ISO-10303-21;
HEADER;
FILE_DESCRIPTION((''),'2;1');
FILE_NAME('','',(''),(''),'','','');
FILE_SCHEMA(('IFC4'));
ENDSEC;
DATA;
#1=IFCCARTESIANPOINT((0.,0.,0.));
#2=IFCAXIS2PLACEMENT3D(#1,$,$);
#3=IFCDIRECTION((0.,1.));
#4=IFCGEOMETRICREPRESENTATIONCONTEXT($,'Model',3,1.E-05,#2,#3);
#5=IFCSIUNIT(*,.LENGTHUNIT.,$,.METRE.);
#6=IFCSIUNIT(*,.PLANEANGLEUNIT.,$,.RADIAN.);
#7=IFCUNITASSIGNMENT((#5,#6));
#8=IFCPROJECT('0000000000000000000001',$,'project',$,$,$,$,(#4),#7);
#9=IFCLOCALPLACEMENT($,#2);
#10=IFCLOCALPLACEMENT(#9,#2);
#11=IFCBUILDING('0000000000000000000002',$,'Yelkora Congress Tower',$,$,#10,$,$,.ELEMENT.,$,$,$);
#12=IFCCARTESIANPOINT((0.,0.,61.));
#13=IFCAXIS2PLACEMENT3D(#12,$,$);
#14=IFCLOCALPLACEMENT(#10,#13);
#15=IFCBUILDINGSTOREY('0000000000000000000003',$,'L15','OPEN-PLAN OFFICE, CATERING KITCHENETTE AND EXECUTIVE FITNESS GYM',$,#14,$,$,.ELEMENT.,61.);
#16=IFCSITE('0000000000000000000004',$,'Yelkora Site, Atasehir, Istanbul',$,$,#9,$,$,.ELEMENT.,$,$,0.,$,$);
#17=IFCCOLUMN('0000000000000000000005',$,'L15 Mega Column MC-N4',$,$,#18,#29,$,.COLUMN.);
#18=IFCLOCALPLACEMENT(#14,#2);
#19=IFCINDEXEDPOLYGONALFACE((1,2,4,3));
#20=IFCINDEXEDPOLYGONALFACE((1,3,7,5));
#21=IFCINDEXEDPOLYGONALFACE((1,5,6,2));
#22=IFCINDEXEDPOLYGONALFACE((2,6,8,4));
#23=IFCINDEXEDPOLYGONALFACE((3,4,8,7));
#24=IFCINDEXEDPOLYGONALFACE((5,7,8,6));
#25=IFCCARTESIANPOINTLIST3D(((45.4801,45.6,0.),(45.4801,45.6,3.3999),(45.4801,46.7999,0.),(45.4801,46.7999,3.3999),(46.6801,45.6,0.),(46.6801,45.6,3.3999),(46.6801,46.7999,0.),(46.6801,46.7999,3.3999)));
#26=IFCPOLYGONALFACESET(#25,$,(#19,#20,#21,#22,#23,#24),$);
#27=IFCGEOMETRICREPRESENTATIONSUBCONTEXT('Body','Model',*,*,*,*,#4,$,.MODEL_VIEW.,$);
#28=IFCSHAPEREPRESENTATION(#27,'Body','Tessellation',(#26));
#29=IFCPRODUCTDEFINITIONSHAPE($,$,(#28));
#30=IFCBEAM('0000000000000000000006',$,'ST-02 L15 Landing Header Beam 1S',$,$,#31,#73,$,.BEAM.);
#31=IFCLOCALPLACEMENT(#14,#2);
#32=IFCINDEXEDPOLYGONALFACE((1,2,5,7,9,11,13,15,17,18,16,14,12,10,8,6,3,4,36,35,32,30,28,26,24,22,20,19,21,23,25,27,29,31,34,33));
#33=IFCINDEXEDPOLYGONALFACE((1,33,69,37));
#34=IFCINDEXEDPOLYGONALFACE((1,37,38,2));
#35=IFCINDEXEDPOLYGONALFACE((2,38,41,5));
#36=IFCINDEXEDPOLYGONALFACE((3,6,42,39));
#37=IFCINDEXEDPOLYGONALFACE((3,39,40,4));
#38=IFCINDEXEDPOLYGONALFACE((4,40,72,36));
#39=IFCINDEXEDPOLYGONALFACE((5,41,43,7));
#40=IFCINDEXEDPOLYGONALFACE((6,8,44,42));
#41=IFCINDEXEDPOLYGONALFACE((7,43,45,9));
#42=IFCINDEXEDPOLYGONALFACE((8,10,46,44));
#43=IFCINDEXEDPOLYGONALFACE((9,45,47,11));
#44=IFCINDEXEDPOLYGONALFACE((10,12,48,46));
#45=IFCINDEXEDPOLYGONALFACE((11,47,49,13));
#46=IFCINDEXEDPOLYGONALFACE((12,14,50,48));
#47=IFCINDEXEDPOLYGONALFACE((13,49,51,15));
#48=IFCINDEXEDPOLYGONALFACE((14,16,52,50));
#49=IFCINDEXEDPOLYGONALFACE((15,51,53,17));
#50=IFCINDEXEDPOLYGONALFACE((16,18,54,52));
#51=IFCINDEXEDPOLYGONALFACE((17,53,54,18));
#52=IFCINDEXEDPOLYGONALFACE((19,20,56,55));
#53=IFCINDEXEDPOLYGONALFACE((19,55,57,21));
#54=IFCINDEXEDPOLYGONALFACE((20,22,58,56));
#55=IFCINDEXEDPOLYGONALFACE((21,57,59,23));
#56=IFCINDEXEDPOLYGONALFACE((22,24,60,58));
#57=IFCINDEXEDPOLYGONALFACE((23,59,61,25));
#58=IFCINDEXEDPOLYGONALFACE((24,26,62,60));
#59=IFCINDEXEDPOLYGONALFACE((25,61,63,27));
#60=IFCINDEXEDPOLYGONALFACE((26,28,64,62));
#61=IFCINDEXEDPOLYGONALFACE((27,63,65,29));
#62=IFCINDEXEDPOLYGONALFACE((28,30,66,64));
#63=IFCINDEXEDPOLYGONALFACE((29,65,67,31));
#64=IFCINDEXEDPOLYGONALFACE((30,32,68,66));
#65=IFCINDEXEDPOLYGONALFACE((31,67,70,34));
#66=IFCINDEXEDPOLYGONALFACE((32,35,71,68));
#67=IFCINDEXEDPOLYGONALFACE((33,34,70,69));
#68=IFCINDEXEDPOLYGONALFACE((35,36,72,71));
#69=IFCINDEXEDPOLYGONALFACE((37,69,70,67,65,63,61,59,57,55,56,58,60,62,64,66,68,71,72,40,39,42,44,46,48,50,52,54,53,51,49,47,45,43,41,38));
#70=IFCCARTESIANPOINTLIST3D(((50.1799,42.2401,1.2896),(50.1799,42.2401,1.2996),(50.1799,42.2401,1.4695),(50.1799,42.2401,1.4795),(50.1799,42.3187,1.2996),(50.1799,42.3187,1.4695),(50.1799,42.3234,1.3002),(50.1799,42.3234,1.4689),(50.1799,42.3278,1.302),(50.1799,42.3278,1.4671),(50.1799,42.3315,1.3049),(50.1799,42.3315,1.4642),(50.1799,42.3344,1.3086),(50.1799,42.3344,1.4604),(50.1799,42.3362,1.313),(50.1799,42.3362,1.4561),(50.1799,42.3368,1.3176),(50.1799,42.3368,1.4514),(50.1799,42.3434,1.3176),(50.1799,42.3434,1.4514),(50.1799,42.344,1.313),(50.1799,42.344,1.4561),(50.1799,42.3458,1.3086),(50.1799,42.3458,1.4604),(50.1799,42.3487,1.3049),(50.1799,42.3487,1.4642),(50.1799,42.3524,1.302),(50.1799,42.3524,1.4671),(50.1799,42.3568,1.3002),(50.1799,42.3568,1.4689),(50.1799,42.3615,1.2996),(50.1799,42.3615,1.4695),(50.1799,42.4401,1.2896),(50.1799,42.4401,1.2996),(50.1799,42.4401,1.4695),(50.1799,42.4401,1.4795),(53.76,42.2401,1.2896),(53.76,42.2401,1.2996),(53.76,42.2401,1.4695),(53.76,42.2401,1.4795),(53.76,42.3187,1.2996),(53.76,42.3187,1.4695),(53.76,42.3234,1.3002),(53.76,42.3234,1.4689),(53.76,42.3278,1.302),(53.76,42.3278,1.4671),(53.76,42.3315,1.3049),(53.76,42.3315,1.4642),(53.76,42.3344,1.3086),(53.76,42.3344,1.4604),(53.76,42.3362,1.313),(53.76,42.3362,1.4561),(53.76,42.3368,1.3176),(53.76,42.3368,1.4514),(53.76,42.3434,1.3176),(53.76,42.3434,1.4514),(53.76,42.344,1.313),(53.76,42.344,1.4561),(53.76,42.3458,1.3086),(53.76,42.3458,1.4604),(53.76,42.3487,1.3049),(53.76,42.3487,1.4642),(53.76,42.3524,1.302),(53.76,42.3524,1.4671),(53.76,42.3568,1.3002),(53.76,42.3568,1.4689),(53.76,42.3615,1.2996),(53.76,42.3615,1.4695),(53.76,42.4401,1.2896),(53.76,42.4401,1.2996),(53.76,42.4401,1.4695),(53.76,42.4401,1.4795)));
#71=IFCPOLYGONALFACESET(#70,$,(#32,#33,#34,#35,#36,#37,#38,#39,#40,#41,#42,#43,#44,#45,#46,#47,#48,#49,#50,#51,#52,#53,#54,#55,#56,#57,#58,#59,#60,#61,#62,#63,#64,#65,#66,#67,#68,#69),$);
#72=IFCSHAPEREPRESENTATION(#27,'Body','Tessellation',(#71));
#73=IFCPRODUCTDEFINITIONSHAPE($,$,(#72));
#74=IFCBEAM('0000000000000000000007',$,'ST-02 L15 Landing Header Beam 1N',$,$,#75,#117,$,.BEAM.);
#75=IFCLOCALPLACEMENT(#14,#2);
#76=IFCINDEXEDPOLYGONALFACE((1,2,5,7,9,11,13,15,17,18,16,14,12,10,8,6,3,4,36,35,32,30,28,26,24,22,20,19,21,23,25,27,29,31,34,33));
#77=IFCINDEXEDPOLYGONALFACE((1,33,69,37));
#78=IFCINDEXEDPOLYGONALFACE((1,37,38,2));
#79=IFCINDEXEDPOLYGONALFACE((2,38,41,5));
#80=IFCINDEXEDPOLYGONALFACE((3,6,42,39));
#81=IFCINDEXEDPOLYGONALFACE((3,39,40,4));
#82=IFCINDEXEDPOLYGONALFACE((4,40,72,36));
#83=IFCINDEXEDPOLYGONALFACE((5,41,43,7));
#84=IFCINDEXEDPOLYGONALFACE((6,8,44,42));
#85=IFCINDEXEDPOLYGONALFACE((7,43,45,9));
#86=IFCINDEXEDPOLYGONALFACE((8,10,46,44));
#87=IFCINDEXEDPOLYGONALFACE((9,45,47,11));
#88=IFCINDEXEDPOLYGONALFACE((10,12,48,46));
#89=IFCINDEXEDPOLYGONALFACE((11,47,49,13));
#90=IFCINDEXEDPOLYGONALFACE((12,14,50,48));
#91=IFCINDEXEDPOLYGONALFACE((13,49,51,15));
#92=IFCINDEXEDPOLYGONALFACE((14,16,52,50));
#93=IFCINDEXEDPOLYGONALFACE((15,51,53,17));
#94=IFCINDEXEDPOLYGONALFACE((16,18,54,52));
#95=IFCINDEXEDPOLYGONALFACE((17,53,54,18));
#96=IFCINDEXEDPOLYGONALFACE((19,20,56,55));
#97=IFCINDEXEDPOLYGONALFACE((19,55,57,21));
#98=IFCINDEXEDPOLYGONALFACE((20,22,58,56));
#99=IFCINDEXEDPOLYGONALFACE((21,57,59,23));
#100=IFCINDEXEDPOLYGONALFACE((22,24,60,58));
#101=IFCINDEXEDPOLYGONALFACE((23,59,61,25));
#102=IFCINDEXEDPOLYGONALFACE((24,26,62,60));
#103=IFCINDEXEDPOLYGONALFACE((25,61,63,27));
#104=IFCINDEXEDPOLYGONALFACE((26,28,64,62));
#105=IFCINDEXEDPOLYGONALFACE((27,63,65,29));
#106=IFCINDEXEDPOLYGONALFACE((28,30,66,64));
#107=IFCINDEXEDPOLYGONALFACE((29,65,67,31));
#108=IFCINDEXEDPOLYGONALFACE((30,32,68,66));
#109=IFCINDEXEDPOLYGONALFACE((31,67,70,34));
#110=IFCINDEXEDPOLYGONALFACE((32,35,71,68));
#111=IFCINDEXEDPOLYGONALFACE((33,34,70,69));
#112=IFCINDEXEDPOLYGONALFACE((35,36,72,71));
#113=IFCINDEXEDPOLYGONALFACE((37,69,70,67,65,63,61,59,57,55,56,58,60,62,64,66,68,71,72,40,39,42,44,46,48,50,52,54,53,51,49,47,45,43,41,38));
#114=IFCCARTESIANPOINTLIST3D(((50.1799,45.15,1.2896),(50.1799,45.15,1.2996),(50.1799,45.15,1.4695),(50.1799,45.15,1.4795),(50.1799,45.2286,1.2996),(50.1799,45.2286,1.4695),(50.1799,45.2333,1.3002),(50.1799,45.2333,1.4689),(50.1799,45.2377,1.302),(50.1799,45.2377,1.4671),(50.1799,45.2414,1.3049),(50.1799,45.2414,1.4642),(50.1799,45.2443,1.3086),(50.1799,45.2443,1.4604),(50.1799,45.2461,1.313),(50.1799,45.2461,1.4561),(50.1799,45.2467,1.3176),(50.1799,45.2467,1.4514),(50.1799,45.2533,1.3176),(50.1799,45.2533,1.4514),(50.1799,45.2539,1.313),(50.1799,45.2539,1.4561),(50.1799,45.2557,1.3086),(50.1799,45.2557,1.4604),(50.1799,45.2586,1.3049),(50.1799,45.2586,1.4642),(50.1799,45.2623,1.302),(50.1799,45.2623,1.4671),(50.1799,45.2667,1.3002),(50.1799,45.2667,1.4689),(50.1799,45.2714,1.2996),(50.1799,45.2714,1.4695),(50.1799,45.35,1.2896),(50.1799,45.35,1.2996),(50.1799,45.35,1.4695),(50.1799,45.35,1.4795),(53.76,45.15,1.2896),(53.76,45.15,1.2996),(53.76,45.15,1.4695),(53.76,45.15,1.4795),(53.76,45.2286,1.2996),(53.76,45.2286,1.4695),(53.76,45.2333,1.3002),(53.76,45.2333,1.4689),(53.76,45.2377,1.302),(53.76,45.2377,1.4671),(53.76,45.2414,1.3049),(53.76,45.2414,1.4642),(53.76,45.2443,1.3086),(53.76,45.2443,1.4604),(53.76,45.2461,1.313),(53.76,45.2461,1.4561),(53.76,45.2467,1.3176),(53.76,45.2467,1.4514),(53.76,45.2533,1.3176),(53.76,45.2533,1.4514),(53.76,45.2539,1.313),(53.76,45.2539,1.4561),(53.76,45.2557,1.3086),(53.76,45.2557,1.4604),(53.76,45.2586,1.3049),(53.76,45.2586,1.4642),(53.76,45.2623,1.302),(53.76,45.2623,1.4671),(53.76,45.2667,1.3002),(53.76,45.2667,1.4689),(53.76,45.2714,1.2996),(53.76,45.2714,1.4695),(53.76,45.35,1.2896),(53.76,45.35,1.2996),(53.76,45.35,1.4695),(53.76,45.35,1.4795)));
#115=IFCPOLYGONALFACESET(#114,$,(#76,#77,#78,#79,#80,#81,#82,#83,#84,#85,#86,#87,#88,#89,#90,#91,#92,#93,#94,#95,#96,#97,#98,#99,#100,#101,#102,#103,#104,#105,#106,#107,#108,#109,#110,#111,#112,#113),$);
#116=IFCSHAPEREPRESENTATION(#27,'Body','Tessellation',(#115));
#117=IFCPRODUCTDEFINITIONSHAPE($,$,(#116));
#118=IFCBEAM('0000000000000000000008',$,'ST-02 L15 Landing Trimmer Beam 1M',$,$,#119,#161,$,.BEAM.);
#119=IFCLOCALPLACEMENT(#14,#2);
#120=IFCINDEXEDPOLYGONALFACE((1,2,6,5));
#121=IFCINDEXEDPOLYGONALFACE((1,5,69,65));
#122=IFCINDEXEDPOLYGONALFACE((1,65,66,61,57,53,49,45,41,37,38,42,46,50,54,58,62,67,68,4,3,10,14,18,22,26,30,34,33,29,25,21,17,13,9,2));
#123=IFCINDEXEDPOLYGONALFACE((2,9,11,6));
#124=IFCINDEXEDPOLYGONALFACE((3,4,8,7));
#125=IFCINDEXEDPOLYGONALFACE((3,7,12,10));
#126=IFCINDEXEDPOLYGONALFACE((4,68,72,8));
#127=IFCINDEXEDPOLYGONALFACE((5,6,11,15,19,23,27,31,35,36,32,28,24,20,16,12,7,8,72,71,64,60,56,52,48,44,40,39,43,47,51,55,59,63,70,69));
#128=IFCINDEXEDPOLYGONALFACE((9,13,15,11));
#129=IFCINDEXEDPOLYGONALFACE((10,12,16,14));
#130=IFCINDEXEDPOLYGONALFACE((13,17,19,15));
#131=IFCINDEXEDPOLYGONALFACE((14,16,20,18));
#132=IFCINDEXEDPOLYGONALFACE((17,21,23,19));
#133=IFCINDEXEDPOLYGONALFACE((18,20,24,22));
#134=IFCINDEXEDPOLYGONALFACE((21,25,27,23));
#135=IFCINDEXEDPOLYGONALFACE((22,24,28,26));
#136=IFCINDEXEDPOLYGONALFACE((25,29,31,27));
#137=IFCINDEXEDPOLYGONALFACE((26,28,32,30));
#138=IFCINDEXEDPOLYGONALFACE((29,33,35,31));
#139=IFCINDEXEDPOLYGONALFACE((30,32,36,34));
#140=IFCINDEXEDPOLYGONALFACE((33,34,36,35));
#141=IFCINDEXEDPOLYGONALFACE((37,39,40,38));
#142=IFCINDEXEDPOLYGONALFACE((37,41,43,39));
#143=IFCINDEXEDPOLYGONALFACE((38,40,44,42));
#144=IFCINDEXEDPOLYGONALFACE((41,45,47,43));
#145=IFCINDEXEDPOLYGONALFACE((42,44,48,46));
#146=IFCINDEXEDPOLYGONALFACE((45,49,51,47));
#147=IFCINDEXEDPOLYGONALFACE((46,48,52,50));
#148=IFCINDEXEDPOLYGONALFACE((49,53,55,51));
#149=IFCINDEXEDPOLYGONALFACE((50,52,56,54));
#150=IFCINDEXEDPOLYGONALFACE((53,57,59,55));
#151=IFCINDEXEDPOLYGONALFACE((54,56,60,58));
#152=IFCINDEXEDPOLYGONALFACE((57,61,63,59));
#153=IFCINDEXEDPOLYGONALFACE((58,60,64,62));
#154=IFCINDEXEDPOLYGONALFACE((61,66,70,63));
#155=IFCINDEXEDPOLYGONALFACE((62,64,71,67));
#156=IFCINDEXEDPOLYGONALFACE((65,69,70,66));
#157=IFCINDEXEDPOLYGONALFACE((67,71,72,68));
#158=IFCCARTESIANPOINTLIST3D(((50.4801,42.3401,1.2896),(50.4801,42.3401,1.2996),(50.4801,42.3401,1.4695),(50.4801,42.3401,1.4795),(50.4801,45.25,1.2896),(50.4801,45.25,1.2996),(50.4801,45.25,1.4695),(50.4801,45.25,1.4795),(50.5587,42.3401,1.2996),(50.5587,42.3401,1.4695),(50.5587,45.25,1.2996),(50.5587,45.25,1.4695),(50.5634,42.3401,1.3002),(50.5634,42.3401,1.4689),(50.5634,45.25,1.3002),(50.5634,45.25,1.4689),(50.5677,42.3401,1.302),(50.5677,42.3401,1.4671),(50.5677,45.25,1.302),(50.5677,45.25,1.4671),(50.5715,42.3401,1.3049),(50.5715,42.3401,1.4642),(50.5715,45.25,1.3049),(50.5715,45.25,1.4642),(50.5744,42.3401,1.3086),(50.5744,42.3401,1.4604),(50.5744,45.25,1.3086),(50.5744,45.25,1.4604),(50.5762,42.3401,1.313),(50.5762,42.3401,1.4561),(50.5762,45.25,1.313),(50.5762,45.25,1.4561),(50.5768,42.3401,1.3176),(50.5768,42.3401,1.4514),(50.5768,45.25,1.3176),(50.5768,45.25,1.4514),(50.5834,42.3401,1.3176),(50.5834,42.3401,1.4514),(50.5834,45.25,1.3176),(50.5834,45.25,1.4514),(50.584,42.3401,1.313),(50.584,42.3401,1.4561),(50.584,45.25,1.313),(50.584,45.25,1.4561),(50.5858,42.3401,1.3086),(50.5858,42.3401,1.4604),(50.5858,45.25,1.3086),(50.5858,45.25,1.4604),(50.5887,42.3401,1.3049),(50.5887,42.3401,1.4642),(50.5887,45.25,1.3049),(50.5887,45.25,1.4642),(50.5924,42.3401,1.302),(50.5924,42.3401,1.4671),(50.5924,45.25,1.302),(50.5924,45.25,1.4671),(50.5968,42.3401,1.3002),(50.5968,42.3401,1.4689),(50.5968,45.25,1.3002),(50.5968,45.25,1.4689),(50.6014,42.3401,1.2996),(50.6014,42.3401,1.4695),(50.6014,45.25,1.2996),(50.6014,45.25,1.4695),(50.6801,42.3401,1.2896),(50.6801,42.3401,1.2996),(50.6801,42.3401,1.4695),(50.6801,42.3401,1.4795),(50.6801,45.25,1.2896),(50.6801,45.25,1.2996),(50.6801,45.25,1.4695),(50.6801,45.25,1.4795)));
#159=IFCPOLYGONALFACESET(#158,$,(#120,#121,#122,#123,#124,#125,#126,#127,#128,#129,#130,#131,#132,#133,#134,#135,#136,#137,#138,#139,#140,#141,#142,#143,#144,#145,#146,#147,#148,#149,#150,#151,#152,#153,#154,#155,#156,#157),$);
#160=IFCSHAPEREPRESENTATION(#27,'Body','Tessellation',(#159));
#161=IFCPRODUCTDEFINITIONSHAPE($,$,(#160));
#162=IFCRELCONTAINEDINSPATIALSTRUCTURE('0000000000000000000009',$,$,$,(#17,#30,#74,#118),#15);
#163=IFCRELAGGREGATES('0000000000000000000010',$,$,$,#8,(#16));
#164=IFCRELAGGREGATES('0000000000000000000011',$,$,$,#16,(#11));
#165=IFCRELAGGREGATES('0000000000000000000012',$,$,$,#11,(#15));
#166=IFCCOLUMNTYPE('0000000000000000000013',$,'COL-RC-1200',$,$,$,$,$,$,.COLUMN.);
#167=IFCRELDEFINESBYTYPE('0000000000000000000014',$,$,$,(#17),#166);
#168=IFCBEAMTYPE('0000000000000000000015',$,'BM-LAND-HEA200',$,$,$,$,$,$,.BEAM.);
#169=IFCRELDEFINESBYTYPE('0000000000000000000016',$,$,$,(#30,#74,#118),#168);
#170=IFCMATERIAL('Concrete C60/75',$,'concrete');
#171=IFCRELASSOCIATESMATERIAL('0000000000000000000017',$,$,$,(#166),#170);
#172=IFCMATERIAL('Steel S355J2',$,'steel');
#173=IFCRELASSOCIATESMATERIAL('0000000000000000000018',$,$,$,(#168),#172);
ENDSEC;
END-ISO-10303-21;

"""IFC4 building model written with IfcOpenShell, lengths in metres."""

from ifc_helpers import new_model, si_unit, direction, frame, origin, origin_2d, place, context, subcontext, project, spatial, rectangle, i_section, extrude, material, material_profile, profile_set, type_object, element, save


model = new_model("IFC4")

# Units and contexts
model_context = context("Model", 3, precision=1e-05, world=origin(), true_north=direction((0.0, 1.0)))
body_context = subcontext(model_context, "Body", "Model", "MODEL_VIEW")
ifc_project = project(units=[si_unit("LENGTHUNIT", "METRE"), si_unit("PLANEANGLEUNIT", "RADIAN")], contexts=[model_context])

# Site, building, storey
site_placement = place(None, origin())
site = spatial("IfcSite", under=ifc_project, at=site_placement, Name="Yelkora Site, Atasehir, Istanbul", CompositionType="ELEMENT", RefElevation=0.0)
building_placement = place(site_placement, origin())
building = spatial("IfcBuilding", under=site, at=building_placement, Name="Yelkora Congress Tower", CompositionType="ELEMENT")
storey_placement = place(building_placement, frame((0.0, 0.0, 61.0)))
storey = spatial("IfcBuildingStorey", under=building, at=storey_placement, Name="L15", Description="OPEN-PLAN OFFICE, CATERING KITCHENETTE AND EXECUTIVE FITNESS GYM", CompositionType="ELEMENT", Elevation=61.0)

# Column
ifc_material_1 = material(Name="Concrete C60/75", Category="concrete")
ifc_material_profile_1 = material_profile(ifc_material_1, rectangle(XDim=1.2, YDim=1.2, at=origin_2d()), Name="RC 1200x1200")
ifc_profile_set_1 = profile_set([ifc_material_profile_1], Name="Concrete C60/75")
column_type = type_object("IfcColumnType", Name="COL-RC-1200", PredefinedType="COLUMN", material=ifc_profile_set_1)
column_placement = place(storey_placement, frame((46.0801, 46.2, 0.0), z_axis=(0.0, 0.0, 1.0), x_axis=(1.0, 0.0, 0.0)))
element("IfcColumn", 1, at=column_placement, inside=storey, type_object=column_type, Name="L15 Mega Column MC-N4", PredefinedType="COLUMN", context=body_context, shape_type="SweptSolid", body=[
    extrude(rectangle(XDim=1.2, YDim=1.2, at=origin_2d()), origin(), (0.0, 0.0, 1.0), 3.3999),
])

# Beams
ifc_material_2 = material(Name="Steel S355J2", Category="steel")
ifc_material_profile_2 = material_profile(ifc_material_2, i_section(OverallWidth=0.2, OverallDepth=0.1899, WebThickness=0.0066, FlangeThickness=0.01, FilletRadius=0.0181, at=origin_2d()), Name="HEA 200")
ifc_profile_set_2 = profile_set([ifc_material_profile_2], Name="Steel S355J2")
beam_type = type_object("IfcBeamType", Name="BM-LAND-HEA200", PredefinedType="BEAM", material=ifc_profile_set_2)
for number, where, z_axis, x_axis, name in (
    (2, (50.1799, 42.3401, 1.3845), (1.0, 0.0, 0.0), (0.0, 1.0, 0.0), "ST-02 L15 Landing Header Beam 1S"),
    (3, (50.1799, 45.25, 1.3845), (1.0, 0.0, 0.0), (0.0, 1.0, 0.0), "ST-02 L15 Landing Header Beam 1N"),
):
    element("IfcBeam", number, at=place(storey_placement, frame(where, z_axis=z_axis, x_axis=x_axis)), inside=storey, type_object=beam_type, Name=name, PredefinedType="BEAM", context=body_context, shape_type="SweptSolid", body=[
        extrude(i_section(OverallWidth=0.2, OverallDepth=0.1899, WebThickness=0.0066, FlangeThickness=0.01, FilletRadius=0.0181, at=origin_2d()), origin(), (0.0, 0.0, 1.0), 3.5801),
    ])
beam_1_placement = place(storey_placement, frame((50.5801, 42.3401, 1.3845), z_axis=(0.0, 1.0, 0.0), x_axis=(-1.0, 0.0, 0.0)))
element("IfcBeam", 4, at=beam_1_placement, inside=storey, type_object=beam_type, Name="ST-02 L15 Landing Trimmer Beam 1M", PredefinedType="BEAM", context=body_context, shape_type="SweptSolid", body=[
    extrude(i_section(OverallWidth=0.2, OverallDepth=0.1899, WebThickness=0.0066, FlangeThickness=0.01, FilletRadius=0.0181, at=origin_2d()), origin(), (0.0, 0.0, 1.0), 2.9099),
])

save(model, "model.ifc")
